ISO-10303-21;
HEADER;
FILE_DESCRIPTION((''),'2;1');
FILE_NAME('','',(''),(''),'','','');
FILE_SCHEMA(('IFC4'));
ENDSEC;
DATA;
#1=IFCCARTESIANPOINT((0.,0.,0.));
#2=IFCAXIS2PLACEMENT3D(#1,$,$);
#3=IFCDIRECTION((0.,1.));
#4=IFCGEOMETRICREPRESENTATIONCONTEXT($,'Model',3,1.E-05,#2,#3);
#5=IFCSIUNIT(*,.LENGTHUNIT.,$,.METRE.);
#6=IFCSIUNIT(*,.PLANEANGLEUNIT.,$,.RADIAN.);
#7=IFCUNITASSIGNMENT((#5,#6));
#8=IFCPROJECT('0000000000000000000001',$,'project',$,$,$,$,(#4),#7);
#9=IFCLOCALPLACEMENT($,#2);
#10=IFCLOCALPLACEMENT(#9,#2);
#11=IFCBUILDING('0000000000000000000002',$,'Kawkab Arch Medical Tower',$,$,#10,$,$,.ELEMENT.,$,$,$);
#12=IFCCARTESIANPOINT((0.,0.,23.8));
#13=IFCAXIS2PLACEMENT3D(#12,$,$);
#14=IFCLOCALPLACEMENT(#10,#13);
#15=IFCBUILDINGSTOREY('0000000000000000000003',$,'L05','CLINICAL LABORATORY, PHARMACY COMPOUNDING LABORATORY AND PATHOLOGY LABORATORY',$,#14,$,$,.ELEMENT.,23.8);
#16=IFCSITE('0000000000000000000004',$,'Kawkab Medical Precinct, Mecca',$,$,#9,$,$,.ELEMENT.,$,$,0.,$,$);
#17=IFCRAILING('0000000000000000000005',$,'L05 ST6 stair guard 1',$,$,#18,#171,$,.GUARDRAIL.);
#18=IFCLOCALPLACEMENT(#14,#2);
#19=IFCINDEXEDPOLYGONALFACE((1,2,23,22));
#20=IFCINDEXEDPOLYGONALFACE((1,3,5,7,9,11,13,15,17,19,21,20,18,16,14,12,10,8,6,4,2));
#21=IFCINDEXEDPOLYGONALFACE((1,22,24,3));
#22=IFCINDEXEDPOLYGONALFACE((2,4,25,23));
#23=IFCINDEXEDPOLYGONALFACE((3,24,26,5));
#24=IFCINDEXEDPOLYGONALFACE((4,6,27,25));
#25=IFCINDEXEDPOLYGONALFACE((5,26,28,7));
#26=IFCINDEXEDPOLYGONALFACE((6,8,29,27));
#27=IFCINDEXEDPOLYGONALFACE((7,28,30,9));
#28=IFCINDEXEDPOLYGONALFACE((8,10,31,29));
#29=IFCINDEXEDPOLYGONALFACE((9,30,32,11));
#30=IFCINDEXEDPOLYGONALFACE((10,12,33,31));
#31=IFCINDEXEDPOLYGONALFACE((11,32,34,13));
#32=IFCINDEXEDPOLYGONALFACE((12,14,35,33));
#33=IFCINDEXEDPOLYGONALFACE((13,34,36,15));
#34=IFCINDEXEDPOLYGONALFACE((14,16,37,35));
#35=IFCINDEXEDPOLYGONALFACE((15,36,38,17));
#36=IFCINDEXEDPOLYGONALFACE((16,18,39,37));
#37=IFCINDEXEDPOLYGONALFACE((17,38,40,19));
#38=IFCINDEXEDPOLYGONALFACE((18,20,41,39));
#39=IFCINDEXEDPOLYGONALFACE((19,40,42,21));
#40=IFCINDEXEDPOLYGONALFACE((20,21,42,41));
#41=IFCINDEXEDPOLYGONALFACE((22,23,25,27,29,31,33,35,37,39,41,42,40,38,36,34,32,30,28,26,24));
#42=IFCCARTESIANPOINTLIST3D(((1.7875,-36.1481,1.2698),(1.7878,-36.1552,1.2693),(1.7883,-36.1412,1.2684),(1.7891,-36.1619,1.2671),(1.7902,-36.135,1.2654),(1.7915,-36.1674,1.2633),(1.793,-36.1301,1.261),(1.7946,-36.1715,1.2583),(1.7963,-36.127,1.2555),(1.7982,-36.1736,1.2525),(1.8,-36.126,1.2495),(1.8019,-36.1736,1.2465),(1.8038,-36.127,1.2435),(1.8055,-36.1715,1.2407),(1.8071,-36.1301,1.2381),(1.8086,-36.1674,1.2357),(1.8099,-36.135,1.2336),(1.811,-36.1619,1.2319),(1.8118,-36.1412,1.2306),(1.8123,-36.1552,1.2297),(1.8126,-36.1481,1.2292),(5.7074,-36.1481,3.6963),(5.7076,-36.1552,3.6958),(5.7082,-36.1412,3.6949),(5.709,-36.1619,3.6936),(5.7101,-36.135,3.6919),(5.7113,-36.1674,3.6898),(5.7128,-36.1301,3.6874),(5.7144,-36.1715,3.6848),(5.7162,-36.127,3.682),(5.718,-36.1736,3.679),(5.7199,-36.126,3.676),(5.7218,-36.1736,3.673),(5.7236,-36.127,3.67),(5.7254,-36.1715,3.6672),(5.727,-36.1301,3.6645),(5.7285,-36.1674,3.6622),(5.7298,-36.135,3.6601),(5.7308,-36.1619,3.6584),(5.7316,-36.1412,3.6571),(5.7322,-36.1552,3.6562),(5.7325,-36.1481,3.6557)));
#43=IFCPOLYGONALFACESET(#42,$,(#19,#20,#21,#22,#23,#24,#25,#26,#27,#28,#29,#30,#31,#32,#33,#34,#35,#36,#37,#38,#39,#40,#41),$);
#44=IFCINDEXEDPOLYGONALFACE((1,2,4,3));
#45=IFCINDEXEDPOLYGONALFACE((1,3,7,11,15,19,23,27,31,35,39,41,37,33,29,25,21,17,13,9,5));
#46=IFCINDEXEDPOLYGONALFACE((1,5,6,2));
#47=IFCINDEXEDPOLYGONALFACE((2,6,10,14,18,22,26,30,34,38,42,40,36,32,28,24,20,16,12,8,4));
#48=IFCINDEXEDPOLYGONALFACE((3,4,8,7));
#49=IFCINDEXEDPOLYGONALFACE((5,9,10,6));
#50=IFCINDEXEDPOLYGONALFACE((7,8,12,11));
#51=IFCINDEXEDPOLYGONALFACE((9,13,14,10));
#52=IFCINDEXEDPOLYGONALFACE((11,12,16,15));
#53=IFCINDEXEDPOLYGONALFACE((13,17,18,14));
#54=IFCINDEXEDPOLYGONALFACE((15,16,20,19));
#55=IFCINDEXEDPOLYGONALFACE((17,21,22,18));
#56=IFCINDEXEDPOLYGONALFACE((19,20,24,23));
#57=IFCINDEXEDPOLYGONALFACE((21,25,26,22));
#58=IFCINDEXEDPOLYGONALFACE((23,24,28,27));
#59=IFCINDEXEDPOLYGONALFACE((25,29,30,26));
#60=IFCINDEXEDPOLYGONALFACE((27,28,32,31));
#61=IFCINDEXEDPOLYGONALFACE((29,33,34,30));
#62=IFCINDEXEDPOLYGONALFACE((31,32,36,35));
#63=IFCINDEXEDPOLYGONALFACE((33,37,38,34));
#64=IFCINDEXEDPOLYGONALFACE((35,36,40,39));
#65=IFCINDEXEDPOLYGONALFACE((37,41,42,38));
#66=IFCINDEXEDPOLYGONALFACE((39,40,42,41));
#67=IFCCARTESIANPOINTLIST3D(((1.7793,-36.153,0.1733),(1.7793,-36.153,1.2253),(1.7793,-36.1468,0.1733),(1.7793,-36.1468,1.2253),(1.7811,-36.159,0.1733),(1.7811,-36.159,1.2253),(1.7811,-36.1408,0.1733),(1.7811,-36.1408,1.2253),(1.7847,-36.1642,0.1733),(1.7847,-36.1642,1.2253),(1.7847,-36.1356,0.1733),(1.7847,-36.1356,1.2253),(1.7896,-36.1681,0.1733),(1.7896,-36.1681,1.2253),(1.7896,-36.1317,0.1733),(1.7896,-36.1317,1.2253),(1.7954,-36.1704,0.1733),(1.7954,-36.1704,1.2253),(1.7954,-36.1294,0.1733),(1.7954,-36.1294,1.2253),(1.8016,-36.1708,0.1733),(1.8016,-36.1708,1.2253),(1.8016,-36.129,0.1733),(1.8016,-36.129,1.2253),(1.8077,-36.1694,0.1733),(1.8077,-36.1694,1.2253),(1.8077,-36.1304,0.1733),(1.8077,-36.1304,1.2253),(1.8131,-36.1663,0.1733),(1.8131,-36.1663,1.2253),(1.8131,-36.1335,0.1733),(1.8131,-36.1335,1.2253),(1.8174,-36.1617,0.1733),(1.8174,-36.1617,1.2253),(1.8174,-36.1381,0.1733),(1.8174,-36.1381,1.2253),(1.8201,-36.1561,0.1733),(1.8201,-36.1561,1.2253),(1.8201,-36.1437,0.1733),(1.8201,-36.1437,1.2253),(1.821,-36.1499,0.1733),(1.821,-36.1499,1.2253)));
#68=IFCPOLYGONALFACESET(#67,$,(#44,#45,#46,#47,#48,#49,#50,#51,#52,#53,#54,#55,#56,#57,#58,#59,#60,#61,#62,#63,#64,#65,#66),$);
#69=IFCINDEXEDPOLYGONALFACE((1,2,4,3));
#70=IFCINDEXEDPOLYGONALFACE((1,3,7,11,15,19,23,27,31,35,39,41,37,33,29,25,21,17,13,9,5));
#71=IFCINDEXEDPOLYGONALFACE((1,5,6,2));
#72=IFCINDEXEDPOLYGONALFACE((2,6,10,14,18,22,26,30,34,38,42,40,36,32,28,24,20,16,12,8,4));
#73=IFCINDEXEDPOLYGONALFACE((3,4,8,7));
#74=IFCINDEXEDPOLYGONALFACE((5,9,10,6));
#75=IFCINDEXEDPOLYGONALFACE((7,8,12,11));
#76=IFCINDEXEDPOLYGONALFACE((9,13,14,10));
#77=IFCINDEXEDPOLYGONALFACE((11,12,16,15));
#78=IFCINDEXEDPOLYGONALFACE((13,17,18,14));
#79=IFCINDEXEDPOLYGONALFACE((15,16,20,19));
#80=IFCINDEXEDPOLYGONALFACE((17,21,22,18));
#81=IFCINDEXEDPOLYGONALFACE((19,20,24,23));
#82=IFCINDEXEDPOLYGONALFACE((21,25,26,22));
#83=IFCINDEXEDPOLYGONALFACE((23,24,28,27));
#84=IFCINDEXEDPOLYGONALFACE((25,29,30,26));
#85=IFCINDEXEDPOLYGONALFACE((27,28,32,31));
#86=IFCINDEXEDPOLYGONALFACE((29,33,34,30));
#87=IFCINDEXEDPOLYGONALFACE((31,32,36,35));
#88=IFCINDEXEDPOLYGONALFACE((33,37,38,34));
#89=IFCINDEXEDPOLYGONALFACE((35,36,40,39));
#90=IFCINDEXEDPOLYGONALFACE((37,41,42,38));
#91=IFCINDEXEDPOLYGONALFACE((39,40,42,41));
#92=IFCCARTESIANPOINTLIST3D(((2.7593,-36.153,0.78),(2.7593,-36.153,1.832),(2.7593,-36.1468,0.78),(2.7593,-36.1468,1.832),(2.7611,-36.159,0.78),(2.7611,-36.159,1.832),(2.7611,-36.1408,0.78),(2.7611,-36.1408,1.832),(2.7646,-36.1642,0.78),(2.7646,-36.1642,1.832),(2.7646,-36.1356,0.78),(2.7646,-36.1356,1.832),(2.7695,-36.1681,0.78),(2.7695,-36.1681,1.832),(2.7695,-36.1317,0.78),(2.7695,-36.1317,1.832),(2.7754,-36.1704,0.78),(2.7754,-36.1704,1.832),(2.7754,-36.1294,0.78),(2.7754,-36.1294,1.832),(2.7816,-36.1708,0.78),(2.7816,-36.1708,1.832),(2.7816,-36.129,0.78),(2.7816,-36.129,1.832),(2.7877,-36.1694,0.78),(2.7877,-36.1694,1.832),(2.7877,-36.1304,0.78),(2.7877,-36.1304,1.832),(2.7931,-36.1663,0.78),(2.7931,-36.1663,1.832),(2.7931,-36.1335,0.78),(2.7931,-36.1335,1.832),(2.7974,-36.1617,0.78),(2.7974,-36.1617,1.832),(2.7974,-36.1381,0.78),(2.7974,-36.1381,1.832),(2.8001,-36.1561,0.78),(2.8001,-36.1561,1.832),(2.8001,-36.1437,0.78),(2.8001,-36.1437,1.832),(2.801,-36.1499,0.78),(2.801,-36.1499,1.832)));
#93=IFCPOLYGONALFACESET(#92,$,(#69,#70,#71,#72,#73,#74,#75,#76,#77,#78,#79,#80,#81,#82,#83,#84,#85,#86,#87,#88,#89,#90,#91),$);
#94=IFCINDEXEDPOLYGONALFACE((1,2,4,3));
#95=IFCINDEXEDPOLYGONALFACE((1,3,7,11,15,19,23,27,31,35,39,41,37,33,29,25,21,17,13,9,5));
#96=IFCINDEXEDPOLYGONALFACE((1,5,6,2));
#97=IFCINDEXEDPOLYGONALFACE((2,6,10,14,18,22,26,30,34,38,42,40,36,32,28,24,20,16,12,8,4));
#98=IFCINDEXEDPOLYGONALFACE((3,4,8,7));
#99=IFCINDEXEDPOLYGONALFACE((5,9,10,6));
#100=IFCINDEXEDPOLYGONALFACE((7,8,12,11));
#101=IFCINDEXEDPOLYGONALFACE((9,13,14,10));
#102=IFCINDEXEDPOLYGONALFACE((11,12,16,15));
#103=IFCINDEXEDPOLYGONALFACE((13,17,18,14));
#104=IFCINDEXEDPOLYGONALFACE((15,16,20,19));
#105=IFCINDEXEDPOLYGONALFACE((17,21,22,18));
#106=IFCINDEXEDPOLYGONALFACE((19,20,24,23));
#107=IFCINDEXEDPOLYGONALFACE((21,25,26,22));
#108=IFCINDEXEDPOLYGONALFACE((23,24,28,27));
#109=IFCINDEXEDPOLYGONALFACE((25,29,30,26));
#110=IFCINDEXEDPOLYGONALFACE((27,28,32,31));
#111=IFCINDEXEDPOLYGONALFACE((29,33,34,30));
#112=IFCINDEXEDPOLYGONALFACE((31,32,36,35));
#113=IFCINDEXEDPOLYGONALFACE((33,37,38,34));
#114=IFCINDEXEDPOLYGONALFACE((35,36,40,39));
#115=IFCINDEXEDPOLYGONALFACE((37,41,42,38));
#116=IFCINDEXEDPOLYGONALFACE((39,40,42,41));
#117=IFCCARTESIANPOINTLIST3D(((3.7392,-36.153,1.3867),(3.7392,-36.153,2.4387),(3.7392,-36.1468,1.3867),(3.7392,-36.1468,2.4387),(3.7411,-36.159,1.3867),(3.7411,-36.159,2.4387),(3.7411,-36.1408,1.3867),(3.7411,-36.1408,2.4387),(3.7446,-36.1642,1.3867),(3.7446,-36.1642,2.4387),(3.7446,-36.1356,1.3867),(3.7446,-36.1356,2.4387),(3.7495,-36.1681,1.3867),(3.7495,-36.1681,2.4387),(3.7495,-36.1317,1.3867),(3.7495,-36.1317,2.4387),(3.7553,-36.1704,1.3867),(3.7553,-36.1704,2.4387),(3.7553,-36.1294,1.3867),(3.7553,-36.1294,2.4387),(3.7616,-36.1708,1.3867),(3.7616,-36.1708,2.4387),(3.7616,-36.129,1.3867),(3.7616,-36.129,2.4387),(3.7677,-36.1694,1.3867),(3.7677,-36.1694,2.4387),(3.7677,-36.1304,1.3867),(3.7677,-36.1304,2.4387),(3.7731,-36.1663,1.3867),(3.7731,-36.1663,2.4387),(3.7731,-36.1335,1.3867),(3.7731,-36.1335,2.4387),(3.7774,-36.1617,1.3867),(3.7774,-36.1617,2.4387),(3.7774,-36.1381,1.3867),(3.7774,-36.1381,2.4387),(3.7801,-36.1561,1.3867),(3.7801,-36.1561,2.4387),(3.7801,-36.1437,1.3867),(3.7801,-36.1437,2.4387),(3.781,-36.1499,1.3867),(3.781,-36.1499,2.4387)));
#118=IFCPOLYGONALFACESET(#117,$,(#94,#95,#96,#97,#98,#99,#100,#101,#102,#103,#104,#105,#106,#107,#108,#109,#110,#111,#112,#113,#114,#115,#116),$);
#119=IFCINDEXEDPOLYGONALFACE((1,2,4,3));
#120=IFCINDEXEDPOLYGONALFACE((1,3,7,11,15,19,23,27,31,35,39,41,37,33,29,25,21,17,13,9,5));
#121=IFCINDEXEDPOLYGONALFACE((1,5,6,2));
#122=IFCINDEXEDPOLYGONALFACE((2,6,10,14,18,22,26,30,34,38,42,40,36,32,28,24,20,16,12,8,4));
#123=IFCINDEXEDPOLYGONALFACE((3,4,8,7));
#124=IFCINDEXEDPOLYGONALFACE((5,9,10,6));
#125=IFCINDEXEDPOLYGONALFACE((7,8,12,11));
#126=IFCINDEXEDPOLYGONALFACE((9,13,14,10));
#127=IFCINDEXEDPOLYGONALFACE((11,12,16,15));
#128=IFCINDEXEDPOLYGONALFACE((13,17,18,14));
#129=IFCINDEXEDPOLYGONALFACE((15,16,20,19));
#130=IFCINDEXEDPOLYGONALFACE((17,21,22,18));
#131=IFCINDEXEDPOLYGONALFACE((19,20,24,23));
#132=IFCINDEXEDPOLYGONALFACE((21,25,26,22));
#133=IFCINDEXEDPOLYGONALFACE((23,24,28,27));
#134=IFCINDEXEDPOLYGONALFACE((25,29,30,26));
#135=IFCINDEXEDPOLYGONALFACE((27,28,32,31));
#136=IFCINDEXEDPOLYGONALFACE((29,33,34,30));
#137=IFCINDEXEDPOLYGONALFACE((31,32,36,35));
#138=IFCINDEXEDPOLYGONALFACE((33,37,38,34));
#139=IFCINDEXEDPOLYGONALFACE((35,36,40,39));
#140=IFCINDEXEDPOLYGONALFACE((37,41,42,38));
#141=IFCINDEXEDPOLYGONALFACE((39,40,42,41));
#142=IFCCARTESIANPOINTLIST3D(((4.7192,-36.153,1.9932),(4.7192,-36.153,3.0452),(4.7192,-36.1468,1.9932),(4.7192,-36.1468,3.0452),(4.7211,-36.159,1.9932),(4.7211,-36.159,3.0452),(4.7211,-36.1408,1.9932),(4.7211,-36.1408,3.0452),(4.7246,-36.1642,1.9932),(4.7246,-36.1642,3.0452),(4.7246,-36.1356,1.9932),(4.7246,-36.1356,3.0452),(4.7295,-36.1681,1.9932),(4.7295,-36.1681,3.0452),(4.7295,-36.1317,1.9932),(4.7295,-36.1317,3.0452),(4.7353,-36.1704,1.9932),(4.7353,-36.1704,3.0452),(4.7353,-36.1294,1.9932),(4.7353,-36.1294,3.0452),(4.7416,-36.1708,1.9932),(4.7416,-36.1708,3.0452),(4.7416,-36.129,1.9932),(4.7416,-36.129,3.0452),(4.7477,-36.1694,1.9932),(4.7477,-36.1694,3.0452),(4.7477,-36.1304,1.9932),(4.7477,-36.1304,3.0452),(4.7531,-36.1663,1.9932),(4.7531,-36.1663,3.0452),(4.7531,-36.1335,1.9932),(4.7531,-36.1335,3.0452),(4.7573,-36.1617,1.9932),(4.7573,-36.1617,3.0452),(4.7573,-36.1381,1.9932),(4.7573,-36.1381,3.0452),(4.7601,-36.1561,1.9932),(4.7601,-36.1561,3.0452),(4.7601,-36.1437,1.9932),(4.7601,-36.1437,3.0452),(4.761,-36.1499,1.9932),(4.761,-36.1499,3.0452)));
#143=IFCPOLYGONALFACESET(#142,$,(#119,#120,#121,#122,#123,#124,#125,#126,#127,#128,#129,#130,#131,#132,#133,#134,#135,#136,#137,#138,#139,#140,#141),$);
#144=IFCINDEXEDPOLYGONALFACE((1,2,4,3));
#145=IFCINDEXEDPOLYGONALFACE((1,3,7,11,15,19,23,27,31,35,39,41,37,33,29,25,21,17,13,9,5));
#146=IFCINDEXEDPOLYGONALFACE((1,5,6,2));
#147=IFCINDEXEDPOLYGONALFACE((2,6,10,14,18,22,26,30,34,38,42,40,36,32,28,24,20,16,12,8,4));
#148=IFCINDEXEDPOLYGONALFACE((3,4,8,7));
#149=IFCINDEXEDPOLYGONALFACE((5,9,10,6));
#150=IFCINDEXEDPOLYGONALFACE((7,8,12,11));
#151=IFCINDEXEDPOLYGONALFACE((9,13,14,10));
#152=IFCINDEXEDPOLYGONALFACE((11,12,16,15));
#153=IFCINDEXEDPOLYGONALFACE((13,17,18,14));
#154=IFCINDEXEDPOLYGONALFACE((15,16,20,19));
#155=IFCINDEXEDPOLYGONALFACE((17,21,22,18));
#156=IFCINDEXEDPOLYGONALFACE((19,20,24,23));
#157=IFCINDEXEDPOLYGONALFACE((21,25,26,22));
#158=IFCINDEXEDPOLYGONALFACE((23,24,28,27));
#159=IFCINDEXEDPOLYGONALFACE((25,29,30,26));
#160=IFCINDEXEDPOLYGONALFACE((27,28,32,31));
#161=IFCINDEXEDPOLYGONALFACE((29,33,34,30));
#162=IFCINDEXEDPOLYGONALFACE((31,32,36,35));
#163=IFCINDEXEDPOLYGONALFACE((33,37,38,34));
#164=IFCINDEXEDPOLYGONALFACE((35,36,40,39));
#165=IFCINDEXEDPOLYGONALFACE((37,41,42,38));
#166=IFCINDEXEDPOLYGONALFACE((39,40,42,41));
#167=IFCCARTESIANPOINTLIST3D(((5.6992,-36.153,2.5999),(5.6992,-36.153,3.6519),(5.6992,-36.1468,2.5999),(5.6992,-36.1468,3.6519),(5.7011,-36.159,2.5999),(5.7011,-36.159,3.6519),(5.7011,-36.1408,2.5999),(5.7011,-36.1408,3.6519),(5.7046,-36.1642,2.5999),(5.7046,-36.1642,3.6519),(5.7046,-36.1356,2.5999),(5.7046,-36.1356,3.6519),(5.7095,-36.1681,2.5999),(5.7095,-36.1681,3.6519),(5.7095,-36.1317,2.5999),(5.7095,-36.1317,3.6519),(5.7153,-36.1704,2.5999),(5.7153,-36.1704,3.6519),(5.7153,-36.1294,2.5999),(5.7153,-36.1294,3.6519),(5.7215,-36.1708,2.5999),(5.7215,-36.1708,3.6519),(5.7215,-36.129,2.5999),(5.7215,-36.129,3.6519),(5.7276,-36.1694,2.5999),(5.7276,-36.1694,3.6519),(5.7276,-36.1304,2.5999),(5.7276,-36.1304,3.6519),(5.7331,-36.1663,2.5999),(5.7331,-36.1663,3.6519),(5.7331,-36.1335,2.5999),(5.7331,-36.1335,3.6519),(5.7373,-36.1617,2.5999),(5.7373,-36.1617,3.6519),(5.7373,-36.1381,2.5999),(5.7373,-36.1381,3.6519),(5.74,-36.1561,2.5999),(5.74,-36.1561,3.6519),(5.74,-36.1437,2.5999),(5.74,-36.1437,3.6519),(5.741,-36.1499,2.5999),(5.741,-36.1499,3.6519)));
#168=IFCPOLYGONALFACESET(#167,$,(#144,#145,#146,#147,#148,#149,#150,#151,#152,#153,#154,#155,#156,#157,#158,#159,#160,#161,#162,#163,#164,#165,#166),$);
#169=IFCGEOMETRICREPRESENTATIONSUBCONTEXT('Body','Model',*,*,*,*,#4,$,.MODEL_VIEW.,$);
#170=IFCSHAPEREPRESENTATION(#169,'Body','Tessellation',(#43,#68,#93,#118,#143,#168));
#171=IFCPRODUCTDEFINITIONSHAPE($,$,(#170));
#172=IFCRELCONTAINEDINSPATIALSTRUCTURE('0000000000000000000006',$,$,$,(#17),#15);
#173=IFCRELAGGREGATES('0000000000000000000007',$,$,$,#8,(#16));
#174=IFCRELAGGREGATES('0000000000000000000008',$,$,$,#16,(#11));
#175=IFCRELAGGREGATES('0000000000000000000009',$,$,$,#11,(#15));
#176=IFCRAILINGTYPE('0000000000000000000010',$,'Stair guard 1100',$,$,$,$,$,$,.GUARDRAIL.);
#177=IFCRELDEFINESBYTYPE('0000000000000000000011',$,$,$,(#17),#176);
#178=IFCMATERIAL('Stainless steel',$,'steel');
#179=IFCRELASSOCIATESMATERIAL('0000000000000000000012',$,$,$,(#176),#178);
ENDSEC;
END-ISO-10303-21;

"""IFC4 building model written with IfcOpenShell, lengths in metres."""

from ifc_helpers import new_model, si_unit, direction, frame, origin, origin_2d, place, context, subcontext, project, spatial, circle, extrude, material, type_object, element, save


model = new_model("IFC4")

# Units and contexts
model_context = context("Model", 3, precision=1e-05, world=origin(), true_north=direction((0.0, 1.0)))
body_context = subcontext(model_context, "Body", "Model", "MODEL_VIEW")
ifc_project = project(units=[si_unit("LENGTHUNIT", "METRE"), si_unit("PLANEANGLEUNIT", "RADIAN")], contexts=[model_context])

# Site, building, storey
site_placement = place(None, origin())
site = spatial("IfcSite", under=ifc_project, at=site_placement, Name="Kawkab Medical Precinct, Mecca", CompositionType="ELEMENT", RefElevation=0.0)
building_placement = place(site_placement, origin())
building = spatial("IfcBuilding", under=site, at=building_placement, Name="Kawkab Arch Medical Tower", CompositionType="ELEMENT")
storey_placement = place(building_placement, frame((0.0, 0.0, 23.8)))
storey = spatial("IfcBuildingStorey", under=building, at=storey_placement, Name="L05", Description="CLINICAL LABORATORY, PHARMACY COMPOUNDING LABORATORY AND PATHOLOGY LABORATORY", CompositionType="ELEMENT", Elevation=23.8)

# Railing
ifc_material_1 = material(Name="Stainless steel", Category="steel")
railing_type = type_object("IfcRailingType", Name="Stair guard 1100", PredefinedType="GUARDRAIL", material=ifc_material_1)
railing_1_placement = place(storey_placement, frame((1.8, -36.1499, 0.1733)))
element("IfcRailing", 1, at=railing_1_placement, inside=storey, type_object=railing_type, Name="L05 ST6 stair guard 1", PredefinedType="GUARDRAIL", context=body_context, shape_type="SweptSolid", body=[
    extrude(circle(Radius=0.0239, at=origin_2d()), frame((0.0, 0.0, 1.0762), z_axis=(0.850275, 0.0, 0.526338), x_axis=(0.0, 1.0, 0.0)), (0.0, 0.0, 1.0), 4.6101),
    extrude(circle(Radius=0.021, at=origin_2d()), origin(), (0.0, 0.0, 1.0), 1.052),
    extrude(circle(Radius=0.021, at=origin_2d()), frame((0.98, 0.0, 0.6067)), (0.0, 0.0, 1.0), 1.052),
    extrude(circle(Radius=0.021, at=origin_2d()), frame((1.96, 0.0, 1.2134)), (0.0, 0.0, 1.0), 1.052),
    extrude(circle(Radius=0.021, at=origin_2d()), frame((2.9399, 0.0, 1.8198)), (0.0, 0.0, 1.0), 1.052),
    extrude(circle(Radius=0.021, at=origin_2d()), frame((3.9199, 0.0, 2.4265)), (0.0, 0.0, 1.0), 1.052),
])

save(model, "model.ifc")
